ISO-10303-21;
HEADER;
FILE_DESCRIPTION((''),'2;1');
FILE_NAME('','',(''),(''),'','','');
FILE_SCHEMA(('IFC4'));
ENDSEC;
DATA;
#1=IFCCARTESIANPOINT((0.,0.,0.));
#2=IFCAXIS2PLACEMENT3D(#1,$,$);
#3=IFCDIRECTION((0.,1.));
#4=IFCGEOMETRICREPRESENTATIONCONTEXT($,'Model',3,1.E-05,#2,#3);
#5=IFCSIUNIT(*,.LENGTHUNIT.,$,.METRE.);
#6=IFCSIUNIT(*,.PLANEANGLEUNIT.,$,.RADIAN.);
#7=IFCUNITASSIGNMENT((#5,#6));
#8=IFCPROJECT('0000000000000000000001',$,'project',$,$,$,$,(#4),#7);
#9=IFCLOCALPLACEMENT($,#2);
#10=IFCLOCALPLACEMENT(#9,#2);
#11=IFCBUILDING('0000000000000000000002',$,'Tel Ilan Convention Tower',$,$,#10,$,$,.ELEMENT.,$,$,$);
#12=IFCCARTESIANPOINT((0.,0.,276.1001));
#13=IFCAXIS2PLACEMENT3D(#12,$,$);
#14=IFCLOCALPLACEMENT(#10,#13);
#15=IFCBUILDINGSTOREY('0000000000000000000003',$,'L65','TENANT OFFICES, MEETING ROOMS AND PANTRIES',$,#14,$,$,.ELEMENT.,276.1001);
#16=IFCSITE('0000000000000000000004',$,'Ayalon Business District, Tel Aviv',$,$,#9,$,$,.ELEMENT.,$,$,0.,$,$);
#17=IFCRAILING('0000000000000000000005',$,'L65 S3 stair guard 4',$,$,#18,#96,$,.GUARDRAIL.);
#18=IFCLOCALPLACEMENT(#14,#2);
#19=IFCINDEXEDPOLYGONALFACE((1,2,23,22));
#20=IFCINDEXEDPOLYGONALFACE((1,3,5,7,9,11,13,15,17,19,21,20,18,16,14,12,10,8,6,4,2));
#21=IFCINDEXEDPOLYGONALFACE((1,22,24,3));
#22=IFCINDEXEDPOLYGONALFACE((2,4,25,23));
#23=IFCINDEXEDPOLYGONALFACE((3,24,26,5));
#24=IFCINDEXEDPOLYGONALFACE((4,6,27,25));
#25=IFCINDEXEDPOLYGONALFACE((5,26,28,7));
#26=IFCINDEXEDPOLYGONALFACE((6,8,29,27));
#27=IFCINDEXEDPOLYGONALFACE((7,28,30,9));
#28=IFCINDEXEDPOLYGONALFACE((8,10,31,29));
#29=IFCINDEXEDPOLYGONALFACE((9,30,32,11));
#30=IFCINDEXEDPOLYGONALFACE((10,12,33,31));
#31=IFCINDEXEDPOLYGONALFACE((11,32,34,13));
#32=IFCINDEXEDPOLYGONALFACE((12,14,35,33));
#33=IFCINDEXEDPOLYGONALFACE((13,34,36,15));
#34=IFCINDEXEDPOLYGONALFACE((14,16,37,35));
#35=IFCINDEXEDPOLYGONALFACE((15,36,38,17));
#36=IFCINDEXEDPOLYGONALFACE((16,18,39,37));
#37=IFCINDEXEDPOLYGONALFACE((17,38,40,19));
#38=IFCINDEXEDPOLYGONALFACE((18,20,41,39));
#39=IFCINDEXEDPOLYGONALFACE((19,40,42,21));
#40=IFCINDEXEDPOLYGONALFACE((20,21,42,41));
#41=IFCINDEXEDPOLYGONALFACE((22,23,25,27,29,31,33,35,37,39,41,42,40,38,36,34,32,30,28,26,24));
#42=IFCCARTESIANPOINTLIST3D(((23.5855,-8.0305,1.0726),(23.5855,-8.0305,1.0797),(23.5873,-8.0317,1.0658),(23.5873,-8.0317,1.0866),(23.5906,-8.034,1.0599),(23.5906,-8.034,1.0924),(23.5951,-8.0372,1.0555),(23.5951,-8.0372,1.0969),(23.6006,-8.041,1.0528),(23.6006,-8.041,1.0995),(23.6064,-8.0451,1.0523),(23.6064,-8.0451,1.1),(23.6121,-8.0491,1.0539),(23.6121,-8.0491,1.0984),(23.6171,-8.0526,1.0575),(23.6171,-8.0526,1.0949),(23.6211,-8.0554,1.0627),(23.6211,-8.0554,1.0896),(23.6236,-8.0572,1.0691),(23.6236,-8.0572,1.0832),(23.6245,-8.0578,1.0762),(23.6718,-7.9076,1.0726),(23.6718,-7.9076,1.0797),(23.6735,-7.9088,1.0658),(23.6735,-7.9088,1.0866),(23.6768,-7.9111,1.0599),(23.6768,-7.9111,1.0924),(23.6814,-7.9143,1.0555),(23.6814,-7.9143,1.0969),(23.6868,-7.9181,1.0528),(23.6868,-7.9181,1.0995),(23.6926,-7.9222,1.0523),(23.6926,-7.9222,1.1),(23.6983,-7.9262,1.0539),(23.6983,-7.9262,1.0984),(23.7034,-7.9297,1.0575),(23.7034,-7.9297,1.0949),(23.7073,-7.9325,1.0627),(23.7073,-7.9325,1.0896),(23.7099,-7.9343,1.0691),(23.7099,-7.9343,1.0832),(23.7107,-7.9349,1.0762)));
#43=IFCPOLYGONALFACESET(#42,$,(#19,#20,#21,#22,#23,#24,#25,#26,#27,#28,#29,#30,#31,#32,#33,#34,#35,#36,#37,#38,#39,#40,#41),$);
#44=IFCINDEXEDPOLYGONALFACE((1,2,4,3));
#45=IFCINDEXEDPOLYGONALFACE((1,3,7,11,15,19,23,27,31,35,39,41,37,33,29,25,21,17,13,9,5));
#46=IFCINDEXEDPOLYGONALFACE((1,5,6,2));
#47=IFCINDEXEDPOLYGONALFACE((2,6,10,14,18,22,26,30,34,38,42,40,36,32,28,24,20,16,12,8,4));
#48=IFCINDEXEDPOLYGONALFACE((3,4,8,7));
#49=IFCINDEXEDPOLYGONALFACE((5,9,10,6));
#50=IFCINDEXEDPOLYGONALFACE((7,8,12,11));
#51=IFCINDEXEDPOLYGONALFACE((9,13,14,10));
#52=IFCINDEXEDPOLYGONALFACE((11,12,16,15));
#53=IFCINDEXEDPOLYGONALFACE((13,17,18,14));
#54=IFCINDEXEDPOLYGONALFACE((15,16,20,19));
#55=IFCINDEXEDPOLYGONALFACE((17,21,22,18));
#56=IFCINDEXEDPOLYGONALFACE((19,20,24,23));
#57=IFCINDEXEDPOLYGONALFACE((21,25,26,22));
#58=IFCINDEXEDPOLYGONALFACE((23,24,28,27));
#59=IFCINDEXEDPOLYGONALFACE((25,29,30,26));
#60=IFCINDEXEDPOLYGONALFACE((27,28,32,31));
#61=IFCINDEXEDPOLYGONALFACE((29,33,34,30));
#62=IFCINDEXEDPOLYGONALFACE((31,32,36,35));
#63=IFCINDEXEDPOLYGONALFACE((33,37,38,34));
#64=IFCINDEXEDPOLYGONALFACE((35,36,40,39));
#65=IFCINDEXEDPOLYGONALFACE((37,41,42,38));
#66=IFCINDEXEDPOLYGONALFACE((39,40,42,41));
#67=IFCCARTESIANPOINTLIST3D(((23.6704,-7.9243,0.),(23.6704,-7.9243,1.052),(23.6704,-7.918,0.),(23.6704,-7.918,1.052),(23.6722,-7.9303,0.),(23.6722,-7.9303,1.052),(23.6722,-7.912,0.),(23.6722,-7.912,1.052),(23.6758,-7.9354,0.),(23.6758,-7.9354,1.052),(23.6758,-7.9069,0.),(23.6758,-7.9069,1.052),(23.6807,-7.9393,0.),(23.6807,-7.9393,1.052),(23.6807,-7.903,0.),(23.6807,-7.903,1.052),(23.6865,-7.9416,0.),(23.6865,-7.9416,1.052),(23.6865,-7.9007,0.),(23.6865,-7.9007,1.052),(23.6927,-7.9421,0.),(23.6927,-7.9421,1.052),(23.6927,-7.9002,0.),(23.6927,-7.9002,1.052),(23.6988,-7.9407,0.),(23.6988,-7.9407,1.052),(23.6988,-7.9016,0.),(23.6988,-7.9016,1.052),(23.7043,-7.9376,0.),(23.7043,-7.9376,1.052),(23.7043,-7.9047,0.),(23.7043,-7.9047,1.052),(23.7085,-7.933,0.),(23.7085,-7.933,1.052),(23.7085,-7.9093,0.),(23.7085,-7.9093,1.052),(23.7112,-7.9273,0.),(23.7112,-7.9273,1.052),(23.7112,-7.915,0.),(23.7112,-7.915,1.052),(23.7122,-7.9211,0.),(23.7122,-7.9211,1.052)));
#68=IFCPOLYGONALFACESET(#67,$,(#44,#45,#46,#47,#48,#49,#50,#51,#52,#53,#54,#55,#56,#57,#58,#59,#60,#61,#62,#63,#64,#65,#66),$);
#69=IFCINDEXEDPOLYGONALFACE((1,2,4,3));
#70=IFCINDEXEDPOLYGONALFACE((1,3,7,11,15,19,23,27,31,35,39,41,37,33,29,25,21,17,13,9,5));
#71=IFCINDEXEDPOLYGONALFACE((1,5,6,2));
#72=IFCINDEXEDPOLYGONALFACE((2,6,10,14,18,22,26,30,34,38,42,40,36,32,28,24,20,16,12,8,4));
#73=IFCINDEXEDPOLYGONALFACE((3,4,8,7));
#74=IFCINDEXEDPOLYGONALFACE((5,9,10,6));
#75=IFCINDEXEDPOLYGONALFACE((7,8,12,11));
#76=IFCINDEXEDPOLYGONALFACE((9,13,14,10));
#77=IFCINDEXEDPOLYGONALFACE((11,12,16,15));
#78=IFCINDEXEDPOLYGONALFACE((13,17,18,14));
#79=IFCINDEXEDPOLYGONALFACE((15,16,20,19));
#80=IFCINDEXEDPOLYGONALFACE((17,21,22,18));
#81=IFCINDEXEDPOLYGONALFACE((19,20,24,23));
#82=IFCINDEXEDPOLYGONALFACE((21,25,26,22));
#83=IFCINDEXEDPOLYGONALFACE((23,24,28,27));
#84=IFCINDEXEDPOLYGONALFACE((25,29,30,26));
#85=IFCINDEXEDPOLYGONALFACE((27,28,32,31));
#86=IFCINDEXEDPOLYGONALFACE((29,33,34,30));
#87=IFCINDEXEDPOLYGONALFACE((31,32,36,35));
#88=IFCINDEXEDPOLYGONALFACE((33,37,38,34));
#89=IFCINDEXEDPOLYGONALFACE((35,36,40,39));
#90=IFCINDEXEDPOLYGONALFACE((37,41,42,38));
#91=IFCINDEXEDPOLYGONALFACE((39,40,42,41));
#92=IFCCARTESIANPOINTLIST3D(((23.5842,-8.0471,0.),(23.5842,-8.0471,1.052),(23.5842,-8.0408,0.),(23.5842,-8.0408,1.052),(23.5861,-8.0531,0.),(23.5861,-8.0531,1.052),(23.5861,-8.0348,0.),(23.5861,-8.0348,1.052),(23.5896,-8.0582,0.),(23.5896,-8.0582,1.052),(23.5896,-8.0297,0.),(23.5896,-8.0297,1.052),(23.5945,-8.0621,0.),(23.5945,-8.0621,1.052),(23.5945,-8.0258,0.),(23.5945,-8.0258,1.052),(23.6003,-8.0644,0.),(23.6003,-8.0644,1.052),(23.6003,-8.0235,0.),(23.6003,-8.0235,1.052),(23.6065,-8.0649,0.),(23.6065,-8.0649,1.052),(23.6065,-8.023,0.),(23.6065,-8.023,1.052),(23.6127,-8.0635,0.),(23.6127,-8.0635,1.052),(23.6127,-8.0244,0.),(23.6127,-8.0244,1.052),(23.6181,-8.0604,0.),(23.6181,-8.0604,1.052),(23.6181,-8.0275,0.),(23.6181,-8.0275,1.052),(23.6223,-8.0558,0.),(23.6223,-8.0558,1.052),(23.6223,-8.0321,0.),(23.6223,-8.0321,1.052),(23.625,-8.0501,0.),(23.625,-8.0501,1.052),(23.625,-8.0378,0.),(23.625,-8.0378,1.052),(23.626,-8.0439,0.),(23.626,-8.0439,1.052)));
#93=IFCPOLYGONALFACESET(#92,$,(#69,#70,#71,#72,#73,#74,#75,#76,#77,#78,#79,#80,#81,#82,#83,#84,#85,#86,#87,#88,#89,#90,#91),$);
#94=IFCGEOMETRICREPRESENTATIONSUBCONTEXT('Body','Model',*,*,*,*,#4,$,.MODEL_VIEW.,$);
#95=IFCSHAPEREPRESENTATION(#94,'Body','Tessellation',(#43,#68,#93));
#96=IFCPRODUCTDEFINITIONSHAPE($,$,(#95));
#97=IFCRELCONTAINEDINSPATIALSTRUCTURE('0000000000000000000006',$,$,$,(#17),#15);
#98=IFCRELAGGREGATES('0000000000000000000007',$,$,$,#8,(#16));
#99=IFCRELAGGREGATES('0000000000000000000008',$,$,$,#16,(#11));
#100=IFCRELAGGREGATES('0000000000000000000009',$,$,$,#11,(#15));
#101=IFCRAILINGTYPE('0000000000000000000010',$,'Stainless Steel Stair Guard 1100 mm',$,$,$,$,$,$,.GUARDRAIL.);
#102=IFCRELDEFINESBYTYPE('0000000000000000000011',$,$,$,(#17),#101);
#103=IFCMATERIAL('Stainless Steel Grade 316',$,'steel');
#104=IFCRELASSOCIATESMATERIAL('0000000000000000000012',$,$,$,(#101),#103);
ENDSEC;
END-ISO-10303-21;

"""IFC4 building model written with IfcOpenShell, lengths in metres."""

from ifc_helpers import new_model, si_unit, direction, frame, origin, origin_2d, place, context, subcontext, project, spatial, circle, extrude, material, type_object, element, save


model = new_model("IFC4")

# Units and contexts
model_context = context("Model", 3, precision=1e-05, world=origin(), true_north=direction((0.0, 1.0)))
body_context = subcontext(model_context, "Body", "Model", "MODEL_VIEW")
ifc_project = project(units=[si_unit("LENGTHUNIT", "METRE"), si_unit("PLANEANGLEUNIT", "RADIAN")], contexts=[model_context])

# Site, building, storey
site_placement = place(None, origin())
site = spatial("IfcSite", under=ifc_project, at=site_placement, Name="Ayalon Business District, Tel Aviv", CompositionType="ELEMENT", RefElevation=0.0)
building_placement = place(site_placement, origin())
building = spatial("IfcBuilding", under=site, at=building_placement, Name="Tel Ilan Convention Tower", CompositionType="ELEMENT")
storey_placement = place(building_placement, frame((0.0, 0.0, 276.1001)))
storey = spatial("IfcBuildingStorey", under=building, at=storey_placement, Name="L65", Description="TENANT OFFICES, MEETING ROOMS AND PANTRIES", CompositionType="ELEMENT", Elevation=276.1001)

# Railing
ifc_material_1 = material(Name="Stainless Steel Grade 316", Category="steel")
railing_type_1 = type_object("IfcRailingType", Name="Stainless Steel Stair Guard 1100 mm", PredefinedType="GUARDRAIL", material=ifc_material_1)
railing_1_placement = place(storey_placement, frame((23.6912, -7.9211, 0.0)))
element("IfcRailing", 1, at=railing_1_placement, inside=storey, type_object=railing_type_1, Name="L65 S3 stair guard 4", PredefinedType="GUARDRAIL", context=body_context, shape_type="SweptSolid", body=[
    extrude(circle(Radius=0.0239, at=origin_2d()), frame((0.0, 0.0, 1.0762), z_axis=(-0.574445, -0.818543, 0.0), x_axis=(0.818543, -0.574445, 0.0)), (0.0, 0.0, 1.0), 0.1501),
    extrude(circle(Radius=0.021, at=origin_2d()), origin(), (0.0, 0.0, 1.0), 1.052),
    extrude(circle(Radius=0.021, at=origin_2d()), frame((-0.0862, -0.1228, 0.0)), (0.0, 0.0, 1.0), 1.052),
])

save(model, "model.ifc")
